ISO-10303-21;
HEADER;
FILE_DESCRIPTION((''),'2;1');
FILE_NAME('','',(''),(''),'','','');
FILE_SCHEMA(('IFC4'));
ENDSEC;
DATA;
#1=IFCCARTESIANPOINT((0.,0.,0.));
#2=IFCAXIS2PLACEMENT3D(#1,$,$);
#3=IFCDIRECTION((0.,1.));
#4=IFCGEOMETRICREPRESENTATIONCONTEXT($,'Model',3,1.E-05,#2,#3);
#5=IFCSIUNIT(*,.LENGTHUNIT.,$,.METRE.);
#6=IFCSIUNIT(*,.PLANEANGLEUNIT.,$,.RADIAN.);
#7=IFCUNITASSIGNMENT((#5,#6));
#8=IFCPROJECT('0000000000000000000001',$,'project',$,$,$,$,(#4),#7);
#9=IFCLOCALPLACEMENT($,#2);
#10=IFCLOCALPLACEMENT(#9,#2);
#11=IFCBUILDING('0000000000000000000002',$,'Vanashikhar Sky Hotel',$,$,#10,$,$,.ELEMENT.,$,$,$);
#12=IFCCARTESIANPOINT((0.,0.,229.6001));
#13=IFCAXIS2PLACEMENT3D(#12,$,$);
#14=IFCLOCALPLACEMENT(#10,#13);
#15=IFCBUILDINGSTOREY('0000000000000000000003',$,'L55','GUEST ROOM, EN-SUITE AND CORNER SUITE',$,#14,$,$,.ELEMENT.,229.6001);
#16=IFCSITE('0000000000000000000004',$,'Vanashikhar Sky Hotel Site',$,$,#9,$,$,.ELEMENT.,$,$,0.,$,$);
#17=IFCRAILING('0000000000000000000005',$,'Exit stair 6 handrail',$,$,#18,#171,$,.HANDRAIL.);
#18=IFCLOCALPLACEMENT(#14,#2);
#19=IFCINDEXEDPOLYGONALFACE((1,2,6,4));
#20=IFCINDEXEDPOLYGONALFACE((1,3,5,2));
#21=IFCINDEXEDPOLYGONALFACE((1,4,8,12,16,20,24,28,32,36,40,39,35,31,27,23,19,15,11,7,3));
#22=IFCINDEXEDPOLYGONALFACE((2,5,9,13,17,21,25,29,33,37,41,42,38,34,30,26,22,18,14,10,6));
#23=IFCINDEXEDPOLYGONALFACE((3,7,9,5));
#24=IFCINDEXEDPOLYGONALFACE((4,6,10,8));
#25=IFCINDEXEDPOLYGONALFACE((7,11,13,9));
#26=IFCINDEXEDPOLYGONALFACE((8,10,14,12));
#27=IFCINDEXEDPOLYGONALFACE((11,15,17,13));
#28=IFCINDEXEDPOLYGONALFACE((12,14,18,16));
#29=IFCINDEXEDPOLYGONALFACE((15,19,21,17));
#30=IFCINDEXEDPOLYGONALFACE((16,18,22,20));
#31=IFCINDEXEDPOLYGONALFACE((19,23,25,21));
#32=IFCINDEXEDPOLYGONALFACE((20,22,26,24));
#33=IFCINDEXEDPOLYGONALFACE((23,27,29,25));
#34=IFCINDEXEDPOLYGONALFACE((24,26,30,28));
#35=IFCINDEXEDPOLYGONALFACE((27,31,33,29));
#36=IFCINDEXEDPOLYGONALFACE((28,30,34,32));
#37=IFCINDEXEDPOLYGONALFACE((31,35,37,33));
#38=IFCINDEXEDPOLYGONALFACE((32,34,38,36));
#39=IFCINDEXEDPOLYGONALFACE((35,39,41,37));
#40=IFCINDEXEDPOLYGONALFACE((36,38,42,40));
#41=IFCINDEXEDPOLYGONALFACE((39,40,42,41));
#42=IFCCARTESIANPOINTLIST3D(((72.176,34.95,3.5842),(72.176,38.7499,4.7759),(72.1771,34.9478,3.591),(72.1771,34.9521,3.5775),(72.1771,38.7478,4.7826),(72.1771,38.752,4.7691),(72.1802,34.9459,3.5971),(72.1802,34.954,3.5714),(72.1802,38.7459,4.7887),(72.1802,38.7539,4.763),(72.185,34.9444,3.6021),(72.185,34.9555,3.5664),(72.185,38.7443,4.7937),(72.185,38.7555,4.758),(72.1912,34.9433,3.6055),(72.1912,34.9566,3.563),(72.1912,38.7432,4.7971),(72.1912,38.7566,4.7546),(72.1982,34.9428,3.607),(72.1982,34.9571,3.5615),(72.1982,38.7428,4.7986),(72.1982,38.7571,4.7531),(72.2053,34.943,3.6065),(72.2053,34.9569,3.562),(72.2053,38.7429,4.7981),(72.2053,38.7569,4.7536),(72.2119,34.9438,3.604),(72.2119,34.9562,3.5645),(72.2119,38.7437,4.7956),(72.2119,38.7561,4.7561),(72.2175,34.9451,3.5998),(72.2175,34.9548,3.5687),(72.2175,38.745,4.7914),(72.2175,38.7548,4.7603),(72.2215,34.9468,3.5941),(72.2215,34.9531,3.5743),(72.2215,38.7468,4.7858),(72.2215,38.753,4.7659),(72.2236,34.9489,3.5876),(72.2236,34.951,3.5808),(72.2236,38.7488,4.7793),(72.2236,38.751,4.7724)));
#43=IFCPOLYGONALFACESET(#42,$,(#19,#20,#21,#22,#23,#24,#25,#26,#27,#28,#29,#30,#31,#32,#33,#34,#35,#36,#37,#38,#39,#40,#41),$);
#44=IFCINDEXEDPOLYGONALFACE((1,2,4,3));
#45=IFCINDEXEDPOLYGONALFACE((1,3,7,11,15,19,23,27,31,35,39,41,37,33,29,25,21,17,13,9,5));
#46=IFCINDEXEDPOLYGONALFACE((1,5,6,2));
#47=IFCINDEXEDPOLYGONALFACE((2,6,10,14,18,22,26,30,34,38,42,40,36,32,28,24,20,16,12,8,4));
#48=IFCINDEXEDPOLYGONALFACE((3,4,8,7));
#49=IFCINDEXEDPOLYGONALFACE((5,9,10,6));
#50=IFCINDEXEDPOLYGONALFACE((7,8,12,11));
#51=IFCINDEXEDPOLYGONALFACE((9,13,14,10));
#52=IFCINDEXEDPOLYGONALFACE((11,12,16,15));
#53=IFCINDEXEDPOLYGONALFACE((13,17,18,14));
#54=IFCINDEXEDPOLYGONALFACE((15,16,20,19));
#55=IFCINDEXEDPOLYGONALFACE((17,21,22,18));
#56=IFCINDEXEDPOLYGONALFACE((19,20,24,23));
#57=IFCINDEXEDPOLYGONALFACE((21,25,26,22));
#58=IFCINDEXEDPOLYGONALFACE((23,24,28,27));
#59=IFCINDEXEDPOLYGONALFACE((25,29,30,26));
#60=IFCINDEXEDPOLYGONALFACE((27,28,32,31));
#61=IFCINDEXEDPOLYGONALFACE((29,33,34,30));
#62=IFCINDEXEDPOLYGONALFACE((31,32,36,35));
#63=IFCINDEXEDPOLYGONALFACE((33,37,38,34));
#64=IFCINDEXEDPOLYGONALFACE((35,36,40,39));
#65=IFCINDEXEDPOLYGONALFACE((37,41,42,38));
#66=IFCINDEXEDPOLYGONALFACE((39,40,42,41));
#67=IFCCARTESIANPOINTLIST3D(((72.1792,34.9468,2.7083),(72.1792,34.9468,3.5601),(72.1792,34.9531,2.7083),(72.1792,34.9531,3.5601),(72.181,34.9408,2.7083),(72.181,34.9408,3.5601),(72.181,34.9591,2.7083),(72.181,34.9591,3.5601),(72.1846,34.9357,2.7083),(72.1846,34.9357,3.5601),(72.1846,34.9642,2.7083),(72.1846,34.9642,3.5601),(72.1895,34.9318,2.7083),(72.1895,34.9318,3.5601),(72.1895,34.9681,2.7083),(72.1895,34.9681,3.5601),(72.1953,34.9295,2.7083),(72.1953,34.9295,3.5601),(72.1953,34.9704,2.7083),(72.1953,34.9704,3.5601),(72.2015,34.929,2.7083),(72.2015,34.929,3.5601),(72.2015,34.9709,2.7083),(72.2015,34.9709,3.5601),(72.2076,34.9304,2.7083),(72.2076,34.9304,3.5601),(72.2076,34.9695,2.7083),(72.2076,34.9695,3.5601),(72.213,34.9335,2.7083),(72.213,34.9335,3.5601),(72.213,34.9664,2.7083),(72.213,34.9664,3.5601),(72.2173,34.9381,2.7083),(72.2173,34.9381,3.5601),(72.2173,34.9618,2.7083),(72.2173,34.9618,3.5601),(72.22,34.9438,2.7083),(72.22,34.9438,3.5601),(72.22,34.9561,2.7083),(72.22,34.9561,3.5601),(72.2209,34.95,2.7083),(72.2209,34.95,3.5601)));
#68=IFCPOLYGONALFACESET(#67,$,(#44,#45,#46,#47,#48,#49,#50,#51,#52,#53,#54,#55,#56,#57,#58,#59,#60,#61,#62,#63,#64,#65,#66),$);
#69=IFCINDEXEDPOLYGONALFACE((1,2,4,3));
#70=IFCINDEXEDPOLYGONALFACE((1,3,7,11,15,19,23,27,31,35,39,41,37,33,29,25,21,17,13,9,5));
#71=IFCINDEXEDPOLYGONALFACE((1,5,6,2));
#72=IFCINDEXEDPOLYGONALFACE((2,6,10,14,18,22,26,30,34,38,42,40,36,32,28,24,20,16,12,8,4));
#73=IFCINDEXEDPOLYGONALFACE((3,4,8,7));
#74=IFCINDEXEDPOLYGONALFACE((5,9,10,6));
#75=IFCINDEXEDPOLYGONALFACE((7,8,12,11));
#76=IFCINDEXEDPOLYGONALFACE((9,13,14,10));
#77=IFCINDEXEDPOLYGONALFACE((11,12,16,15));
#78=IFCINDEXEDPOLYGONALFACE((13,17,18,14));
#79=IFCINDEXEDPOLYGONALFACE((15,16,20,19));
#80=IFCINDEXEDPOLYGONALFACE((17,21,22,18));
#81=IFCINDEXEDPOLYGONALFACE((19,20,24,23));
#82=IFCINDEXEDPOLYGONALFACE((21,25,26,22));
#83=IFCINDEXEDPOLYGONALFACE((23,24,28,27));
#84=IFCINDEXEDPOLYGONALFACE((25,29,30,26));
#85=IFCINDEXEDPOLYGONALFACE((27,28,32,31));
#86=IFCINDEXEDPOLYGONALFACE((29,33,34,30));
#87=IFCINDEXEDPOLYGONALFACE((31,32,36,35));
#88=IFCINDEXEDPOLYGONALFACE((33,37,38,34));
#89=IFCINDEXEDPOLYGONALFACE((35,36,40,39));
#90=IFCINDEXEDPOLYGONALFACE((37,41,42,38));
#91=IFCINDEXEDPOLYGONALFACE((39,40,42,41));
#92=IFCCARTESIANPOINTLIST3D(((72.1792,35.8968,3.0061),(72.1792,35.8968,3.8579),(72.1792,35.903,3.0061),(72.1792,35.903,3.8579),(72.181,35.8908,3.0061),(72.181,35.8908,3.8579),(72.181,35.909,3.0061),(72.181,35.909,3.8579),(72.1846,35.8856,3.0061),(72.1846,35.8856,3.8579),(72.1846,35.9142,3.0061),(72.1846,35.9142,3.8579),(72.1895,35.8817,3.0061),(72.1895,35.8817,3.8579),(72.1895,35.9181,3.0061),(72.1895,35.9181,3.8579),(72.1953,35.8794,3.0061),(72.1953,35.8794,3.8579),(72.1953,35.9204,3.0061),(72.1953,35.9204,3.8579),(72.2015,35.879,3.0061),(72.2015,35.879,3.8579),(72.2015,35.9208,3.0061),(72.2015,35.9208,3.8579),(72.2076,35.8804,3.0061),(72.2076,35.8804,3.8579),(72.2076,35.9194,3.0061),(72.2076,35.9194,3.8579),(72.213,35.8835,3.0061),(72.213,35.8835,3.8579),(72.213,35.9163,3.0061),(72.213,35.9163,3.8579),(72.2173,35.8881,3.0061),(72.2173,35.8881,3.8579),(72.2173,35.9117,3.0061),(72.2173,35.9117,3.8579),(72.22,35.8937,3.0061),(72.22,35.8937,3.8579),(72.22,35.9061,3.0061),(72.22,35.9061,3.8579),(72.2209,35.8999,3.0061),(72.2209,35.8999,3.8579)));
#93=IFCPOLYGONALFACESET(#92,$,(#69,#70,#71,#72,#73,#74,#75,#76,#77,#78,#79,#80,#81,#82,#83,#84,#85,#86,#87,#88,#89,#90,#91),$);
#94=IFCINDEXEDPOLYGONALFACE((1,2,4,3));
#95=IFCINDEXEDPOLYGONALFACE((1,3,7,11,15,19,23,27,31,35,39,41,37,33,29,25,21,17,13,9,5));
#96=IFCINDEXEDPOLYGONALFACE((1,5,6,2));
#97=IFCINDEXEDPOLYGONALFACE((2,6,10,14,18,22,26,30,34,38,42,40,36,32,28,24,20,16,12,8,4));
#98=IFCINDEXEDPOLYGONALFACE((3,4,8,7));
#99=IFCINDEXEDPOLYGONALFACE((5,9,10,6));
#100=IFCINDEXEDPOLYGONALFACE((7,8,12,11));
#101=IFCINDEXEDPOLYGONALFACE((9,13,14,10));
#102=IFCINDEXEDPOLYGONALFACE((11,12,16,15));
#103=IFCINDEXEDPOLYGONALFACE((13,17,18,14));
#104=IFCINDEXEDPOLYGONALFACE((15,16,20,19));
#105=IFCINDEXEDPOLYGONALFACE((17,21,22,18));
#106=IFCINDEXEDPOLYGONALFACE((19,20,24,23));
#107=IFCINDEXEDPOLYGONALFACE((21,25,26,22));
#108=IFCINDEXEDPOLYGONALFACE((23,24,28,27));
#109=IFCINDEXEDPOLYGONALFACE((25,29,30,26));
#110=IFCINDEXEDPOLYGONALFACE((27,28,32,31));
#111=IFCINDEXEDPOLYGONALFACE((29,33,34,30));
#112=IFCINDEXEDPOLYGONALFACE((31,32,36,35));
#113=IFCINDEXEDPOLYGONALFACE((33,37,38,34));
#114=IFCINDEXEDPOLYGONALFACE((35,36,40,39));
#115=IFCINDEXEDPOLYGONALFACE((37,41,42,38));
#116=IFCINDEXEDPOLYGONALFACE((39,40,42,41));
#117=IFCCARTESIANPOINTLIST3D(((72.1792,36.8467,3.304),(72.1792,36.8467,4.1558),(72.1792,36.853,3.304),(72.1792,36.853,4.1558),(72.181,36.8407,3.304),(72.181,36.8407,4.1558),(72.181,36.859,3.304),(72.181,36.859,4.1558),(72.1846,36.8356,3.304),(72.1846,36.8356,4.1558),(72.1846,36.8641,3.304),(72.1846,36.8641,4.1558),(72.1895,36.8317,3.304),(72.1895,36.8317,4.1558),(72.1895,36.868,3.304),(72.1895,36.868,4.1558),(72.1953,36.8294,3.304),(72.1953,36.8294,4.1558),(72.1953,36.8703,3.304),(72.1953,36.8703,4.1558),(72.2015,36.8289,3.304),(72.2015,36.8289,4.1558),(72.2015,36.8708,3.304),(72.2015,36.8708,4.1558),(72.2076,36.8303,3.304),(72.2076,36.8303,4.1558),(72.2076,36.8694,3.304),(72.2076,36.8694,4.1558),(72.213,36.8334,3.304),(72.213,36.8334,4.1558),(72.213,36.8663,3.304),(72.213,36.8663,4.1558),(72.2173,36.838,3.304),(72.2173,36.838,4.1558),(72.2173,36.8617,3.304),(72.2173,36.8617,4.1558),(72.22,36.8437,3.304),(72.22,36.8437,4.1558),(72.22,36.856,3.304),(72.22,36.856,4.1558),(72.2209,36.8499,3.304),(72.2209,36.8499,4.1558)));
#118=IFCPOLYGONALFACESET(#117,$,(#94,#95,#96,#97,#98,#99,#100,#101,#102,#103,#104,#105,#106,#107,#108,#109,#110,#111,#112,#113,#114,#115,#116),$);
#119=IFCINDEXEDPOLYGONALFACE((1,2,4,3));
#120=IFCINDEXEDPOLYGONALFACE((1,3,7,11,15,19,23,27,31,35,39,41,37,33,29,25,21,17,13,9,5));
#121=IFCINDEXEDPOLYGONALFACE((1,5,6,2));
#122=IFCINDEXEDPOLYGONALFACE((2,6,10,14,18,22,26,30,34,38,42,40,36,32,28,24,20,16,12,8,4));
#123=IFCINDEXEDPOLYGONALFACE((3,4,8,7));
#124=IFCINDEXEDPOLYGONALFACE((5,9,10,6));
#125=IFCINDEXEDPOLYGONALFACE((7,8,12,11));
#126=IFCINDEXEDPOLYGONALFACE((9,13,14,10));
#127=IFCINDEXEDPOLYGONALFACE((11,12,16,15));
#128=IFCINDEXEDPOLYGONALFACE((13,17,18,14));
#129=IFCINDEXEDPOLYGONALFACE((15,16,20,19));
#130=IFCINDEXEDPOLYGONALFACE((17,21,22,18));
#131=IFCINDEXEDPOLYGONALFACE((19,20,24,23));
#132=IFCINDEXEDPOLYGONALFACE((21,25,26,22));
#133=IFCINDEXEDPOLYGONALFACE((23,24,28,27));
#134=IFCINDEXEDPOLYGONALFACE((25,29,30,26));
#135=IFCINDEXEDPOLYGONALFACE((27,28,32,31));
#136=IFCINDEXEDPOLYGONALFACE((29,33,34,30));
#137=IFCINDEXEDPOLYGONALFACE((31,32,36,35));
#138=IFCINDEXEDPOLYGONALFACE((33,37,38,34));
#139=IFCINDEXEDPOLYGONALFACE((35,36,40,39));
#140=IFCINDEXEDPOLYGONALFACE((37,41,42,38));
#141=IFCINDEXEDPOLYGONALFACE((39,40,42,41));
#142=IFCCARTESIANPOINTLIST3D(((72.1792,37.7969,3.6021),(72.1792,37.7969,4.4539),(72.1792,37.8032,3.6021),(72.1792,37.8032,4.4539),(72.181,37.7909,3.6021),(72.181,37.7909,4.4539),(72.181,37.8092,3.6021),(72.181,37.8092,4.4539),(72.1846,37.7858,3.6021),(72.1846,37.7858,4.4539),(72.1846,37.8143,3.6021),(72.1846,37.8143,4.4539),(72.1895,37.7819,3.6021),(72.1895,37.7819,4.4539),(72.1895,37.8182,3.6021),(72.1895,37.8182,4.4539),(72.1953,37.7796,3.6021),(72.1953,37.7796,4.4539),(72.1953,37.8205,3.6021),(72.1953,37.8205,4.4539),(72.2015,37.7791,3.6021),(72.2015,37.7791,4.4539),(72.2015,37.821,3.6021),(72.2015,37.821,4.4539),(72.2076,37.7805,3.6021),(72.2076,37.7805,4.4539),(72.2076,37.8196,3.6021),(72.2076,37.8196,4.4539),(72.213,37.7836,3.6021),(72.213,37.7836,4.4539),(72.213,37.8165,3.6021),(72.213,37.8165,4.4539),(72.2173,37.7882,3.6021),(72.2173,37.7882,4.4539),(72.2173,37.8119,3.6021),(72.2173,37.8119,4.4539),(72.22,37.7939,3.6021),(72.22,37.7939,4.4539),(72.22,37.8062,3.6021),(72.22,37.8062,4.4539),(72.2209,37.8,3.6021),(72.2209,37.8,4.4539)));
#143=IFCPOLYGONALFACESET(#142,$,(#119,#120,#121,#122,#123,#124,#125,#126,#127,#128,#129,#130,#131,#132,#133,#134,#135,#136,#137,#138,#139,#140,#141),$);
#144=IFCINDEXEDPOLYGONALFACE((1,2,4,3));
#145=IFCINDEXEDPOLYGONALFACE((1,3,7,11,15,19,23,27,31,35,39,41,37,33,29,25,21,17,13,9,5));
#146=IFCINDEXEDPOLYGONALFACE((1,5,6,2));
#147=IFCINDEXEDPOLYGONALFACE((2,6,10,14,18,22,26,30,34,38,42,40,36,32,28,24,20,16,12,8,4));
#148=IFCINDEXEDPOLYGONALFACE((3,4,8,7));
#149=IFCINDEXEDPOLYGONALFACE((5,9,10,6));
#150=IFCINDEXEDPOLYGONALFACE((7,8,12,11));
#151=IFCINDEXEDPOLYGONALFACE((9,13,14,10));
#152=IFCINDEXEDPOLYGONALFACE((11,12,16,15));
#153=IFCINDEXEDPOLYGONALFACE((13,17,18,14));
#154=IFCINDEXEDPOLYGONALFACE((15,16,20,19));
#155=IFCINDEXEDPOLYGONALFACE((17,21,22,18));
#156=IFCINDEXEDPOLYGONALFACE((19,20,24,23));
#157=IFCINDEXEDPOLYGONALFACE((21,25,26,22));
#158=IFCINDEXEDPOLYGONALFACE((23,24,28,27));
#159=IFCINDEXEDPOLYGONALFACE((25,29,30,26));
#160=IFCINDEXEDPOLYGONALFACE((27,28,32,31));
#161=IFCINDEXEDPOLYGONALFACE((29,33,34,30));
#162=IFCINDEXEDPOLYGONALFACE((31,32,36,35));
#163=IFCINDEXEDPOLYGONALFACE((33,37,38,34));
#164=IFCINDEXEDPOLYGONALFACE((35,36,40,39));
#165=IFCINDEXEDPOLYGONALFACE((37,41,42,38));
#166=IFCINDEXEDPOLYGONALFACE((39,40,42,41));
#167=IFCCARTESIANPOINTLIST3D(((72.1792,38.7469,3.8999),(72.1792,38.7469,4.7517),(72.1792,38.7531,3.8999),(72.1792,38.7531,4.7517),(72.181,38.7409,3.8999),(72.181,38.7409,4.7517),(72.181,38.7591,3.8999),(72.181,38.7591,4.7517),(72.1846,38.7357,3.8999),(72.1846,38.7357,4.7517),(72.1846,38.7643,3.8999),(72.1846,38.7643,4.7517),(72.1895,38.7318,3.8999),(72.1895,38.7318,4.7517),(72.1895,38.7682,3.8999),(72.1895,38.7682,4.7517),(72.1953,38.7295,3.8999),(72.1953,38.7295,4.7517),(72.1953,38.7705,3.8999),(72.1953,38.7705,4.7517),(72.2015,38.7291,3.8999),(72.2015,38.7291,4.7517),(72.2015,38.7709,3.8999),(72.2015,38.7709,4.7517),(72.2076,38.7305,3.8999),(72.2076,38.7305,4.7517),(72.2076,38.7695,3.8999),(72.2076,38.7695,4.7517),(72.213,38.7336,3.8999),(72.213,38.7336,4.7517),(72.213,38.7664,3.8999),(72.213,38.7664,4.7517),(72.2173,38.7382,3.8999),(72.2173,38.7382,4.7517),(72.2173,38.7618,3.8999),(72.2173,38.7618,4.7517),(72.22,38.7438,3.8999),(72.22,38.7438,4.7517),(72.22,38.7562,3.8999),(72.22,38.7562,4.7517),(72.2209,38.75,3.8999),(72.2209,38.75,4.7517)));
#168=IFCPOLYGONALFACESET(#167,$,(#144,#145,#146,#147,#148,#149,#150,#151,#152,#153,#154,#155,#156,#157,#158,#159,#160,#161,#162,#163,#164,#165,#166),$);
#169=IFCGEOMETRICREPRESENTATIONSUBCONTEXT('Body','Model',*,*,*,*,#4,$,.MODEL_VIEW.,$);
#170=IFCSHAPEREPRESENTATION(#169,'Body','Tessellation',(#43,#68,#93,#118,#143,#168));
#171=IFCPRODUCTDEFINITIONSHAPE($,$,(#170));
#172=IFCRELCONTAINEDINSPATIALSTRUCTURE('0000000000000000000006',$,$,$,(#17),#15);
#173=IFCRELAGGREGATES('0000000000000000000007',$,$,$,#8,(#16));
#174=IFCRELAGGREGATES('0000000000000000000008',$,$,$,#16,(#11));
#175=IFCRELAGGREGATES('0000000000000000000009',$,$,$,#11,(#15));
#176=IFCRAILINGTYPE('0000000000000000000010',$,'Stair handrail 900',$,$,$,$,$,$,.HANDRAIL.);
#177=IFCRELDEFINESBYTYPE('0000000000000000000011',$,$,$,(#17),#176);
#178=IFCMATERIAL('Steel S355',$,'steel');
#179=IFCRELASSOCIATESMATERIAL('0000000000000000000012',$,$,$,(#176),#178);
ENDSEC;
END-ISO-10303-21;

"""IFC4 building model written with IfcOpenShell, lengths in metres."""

from ifc_helpers import new_model, si_unit, direction, frame, origin, origin_2d, place, context, subcontext, project, spatial, circle, extrude, source, transform, mapped, material, type_object, element, save


model = new_model("IFC4")

# Units and contexts
model_context = context("Model", 3, precision=1e-05, world=origin(), true_north=direction((0.0, 1.0)))
body_context = subcontext(model_context, "Body", "Model", "MODEL_VIEW")
ifc_project = project(units=[si_unit("LENGTHUNIT", "METRE"), si_unit("PLANEANGLEUNIT", "RADIAN")], contexts=[model_context])

# Site, building, storey
site_placement = place(None, origin())
site = spatial("IfcSite", under=ifc_project, at=site_placement, Name="Vanashikhar Sky Hotel Site", CompositionType="ELEMENT", RefElevation=0.0)
building_placement = place(site_placement, origin())
building = spatial("IfcBuilding", under=site, at=building_placement, Name="Vanashikhar Sky Hotel", CompositionType="ELEMENT")
storey_placement = place(building_placement, frame((0.0, 0.0, 229.6001)))
storey = spatial("IfcBuildingStorey", under=building, at=storey_placement, Name="L55", Description="GUEST ROOM, EN-SUITE AND CORNER SUITE", CompositionType="ELEMENT", Elevation=229.6001)

# Railing
ifc_material_1 = material(Name="Steel S355", Category="steel")
railing_type = type_object("IfcRailingType", Name="Stair handrail 900", PredefinedType="HANDRAIL", material=ifc_material_1)
shared_shape_1 = source(origin(), body_context, "Body", "SweptSolid", [
    extrude(circle(Radius=0.0239, at=origin_2d()), frame((0.0, 0.0, 0.876), z_axis=(0.0, 0.954184, 0.299221), x_axis=(-1.0, 0.0, 0.0)), (0.0, 0.0, 1.0), 3.9824),
    extrude(circle(Radius=0.021, at=origin_2d()), origin(), (0.0, 0.0, 1.0), 0.8518),
    extrude(circle(Radius=0.021, at=origin_2d()), frame((0.0, 0.95, 0.2979)), (0.0, 0.0, 1.0), 0.8518),
    extrude(circle(Radius=0.021, at=origin_2d()), frame((0.0, 1.8999, 0.5957)), (0.0, 0.0, 1.0), 0.8518),
    extrude(circle(Radius=0.021, at=origin_2d()), frame((0.0, 2.8501, 0.8938)), (0.0, 0.0, 1.0), 0.8518),
    extrude(circle(Radius=0.021, at=origin_2d()), frame((0.0, 3.8, 1.1917)), (0.0, 0.0, 1.0), 0.8518),
])
for number, where, name in (
    (1, (72.2, 34.95, 2.7083), "Exit stair 6 handrail"),
):
    element("IfcRailing", number, at=place(storey_placement, frame(where)), inside=storey, type_object=railing_type, Name=name, PredefinedType="HANDRAIL", context=body_context, shape_type="MappedRepresentation", body=[
        mapped(shared_shape_1, transform((0.0, 0.0, 0.0), scale=1.0)),
    ])

save(model, "model.ifc")
